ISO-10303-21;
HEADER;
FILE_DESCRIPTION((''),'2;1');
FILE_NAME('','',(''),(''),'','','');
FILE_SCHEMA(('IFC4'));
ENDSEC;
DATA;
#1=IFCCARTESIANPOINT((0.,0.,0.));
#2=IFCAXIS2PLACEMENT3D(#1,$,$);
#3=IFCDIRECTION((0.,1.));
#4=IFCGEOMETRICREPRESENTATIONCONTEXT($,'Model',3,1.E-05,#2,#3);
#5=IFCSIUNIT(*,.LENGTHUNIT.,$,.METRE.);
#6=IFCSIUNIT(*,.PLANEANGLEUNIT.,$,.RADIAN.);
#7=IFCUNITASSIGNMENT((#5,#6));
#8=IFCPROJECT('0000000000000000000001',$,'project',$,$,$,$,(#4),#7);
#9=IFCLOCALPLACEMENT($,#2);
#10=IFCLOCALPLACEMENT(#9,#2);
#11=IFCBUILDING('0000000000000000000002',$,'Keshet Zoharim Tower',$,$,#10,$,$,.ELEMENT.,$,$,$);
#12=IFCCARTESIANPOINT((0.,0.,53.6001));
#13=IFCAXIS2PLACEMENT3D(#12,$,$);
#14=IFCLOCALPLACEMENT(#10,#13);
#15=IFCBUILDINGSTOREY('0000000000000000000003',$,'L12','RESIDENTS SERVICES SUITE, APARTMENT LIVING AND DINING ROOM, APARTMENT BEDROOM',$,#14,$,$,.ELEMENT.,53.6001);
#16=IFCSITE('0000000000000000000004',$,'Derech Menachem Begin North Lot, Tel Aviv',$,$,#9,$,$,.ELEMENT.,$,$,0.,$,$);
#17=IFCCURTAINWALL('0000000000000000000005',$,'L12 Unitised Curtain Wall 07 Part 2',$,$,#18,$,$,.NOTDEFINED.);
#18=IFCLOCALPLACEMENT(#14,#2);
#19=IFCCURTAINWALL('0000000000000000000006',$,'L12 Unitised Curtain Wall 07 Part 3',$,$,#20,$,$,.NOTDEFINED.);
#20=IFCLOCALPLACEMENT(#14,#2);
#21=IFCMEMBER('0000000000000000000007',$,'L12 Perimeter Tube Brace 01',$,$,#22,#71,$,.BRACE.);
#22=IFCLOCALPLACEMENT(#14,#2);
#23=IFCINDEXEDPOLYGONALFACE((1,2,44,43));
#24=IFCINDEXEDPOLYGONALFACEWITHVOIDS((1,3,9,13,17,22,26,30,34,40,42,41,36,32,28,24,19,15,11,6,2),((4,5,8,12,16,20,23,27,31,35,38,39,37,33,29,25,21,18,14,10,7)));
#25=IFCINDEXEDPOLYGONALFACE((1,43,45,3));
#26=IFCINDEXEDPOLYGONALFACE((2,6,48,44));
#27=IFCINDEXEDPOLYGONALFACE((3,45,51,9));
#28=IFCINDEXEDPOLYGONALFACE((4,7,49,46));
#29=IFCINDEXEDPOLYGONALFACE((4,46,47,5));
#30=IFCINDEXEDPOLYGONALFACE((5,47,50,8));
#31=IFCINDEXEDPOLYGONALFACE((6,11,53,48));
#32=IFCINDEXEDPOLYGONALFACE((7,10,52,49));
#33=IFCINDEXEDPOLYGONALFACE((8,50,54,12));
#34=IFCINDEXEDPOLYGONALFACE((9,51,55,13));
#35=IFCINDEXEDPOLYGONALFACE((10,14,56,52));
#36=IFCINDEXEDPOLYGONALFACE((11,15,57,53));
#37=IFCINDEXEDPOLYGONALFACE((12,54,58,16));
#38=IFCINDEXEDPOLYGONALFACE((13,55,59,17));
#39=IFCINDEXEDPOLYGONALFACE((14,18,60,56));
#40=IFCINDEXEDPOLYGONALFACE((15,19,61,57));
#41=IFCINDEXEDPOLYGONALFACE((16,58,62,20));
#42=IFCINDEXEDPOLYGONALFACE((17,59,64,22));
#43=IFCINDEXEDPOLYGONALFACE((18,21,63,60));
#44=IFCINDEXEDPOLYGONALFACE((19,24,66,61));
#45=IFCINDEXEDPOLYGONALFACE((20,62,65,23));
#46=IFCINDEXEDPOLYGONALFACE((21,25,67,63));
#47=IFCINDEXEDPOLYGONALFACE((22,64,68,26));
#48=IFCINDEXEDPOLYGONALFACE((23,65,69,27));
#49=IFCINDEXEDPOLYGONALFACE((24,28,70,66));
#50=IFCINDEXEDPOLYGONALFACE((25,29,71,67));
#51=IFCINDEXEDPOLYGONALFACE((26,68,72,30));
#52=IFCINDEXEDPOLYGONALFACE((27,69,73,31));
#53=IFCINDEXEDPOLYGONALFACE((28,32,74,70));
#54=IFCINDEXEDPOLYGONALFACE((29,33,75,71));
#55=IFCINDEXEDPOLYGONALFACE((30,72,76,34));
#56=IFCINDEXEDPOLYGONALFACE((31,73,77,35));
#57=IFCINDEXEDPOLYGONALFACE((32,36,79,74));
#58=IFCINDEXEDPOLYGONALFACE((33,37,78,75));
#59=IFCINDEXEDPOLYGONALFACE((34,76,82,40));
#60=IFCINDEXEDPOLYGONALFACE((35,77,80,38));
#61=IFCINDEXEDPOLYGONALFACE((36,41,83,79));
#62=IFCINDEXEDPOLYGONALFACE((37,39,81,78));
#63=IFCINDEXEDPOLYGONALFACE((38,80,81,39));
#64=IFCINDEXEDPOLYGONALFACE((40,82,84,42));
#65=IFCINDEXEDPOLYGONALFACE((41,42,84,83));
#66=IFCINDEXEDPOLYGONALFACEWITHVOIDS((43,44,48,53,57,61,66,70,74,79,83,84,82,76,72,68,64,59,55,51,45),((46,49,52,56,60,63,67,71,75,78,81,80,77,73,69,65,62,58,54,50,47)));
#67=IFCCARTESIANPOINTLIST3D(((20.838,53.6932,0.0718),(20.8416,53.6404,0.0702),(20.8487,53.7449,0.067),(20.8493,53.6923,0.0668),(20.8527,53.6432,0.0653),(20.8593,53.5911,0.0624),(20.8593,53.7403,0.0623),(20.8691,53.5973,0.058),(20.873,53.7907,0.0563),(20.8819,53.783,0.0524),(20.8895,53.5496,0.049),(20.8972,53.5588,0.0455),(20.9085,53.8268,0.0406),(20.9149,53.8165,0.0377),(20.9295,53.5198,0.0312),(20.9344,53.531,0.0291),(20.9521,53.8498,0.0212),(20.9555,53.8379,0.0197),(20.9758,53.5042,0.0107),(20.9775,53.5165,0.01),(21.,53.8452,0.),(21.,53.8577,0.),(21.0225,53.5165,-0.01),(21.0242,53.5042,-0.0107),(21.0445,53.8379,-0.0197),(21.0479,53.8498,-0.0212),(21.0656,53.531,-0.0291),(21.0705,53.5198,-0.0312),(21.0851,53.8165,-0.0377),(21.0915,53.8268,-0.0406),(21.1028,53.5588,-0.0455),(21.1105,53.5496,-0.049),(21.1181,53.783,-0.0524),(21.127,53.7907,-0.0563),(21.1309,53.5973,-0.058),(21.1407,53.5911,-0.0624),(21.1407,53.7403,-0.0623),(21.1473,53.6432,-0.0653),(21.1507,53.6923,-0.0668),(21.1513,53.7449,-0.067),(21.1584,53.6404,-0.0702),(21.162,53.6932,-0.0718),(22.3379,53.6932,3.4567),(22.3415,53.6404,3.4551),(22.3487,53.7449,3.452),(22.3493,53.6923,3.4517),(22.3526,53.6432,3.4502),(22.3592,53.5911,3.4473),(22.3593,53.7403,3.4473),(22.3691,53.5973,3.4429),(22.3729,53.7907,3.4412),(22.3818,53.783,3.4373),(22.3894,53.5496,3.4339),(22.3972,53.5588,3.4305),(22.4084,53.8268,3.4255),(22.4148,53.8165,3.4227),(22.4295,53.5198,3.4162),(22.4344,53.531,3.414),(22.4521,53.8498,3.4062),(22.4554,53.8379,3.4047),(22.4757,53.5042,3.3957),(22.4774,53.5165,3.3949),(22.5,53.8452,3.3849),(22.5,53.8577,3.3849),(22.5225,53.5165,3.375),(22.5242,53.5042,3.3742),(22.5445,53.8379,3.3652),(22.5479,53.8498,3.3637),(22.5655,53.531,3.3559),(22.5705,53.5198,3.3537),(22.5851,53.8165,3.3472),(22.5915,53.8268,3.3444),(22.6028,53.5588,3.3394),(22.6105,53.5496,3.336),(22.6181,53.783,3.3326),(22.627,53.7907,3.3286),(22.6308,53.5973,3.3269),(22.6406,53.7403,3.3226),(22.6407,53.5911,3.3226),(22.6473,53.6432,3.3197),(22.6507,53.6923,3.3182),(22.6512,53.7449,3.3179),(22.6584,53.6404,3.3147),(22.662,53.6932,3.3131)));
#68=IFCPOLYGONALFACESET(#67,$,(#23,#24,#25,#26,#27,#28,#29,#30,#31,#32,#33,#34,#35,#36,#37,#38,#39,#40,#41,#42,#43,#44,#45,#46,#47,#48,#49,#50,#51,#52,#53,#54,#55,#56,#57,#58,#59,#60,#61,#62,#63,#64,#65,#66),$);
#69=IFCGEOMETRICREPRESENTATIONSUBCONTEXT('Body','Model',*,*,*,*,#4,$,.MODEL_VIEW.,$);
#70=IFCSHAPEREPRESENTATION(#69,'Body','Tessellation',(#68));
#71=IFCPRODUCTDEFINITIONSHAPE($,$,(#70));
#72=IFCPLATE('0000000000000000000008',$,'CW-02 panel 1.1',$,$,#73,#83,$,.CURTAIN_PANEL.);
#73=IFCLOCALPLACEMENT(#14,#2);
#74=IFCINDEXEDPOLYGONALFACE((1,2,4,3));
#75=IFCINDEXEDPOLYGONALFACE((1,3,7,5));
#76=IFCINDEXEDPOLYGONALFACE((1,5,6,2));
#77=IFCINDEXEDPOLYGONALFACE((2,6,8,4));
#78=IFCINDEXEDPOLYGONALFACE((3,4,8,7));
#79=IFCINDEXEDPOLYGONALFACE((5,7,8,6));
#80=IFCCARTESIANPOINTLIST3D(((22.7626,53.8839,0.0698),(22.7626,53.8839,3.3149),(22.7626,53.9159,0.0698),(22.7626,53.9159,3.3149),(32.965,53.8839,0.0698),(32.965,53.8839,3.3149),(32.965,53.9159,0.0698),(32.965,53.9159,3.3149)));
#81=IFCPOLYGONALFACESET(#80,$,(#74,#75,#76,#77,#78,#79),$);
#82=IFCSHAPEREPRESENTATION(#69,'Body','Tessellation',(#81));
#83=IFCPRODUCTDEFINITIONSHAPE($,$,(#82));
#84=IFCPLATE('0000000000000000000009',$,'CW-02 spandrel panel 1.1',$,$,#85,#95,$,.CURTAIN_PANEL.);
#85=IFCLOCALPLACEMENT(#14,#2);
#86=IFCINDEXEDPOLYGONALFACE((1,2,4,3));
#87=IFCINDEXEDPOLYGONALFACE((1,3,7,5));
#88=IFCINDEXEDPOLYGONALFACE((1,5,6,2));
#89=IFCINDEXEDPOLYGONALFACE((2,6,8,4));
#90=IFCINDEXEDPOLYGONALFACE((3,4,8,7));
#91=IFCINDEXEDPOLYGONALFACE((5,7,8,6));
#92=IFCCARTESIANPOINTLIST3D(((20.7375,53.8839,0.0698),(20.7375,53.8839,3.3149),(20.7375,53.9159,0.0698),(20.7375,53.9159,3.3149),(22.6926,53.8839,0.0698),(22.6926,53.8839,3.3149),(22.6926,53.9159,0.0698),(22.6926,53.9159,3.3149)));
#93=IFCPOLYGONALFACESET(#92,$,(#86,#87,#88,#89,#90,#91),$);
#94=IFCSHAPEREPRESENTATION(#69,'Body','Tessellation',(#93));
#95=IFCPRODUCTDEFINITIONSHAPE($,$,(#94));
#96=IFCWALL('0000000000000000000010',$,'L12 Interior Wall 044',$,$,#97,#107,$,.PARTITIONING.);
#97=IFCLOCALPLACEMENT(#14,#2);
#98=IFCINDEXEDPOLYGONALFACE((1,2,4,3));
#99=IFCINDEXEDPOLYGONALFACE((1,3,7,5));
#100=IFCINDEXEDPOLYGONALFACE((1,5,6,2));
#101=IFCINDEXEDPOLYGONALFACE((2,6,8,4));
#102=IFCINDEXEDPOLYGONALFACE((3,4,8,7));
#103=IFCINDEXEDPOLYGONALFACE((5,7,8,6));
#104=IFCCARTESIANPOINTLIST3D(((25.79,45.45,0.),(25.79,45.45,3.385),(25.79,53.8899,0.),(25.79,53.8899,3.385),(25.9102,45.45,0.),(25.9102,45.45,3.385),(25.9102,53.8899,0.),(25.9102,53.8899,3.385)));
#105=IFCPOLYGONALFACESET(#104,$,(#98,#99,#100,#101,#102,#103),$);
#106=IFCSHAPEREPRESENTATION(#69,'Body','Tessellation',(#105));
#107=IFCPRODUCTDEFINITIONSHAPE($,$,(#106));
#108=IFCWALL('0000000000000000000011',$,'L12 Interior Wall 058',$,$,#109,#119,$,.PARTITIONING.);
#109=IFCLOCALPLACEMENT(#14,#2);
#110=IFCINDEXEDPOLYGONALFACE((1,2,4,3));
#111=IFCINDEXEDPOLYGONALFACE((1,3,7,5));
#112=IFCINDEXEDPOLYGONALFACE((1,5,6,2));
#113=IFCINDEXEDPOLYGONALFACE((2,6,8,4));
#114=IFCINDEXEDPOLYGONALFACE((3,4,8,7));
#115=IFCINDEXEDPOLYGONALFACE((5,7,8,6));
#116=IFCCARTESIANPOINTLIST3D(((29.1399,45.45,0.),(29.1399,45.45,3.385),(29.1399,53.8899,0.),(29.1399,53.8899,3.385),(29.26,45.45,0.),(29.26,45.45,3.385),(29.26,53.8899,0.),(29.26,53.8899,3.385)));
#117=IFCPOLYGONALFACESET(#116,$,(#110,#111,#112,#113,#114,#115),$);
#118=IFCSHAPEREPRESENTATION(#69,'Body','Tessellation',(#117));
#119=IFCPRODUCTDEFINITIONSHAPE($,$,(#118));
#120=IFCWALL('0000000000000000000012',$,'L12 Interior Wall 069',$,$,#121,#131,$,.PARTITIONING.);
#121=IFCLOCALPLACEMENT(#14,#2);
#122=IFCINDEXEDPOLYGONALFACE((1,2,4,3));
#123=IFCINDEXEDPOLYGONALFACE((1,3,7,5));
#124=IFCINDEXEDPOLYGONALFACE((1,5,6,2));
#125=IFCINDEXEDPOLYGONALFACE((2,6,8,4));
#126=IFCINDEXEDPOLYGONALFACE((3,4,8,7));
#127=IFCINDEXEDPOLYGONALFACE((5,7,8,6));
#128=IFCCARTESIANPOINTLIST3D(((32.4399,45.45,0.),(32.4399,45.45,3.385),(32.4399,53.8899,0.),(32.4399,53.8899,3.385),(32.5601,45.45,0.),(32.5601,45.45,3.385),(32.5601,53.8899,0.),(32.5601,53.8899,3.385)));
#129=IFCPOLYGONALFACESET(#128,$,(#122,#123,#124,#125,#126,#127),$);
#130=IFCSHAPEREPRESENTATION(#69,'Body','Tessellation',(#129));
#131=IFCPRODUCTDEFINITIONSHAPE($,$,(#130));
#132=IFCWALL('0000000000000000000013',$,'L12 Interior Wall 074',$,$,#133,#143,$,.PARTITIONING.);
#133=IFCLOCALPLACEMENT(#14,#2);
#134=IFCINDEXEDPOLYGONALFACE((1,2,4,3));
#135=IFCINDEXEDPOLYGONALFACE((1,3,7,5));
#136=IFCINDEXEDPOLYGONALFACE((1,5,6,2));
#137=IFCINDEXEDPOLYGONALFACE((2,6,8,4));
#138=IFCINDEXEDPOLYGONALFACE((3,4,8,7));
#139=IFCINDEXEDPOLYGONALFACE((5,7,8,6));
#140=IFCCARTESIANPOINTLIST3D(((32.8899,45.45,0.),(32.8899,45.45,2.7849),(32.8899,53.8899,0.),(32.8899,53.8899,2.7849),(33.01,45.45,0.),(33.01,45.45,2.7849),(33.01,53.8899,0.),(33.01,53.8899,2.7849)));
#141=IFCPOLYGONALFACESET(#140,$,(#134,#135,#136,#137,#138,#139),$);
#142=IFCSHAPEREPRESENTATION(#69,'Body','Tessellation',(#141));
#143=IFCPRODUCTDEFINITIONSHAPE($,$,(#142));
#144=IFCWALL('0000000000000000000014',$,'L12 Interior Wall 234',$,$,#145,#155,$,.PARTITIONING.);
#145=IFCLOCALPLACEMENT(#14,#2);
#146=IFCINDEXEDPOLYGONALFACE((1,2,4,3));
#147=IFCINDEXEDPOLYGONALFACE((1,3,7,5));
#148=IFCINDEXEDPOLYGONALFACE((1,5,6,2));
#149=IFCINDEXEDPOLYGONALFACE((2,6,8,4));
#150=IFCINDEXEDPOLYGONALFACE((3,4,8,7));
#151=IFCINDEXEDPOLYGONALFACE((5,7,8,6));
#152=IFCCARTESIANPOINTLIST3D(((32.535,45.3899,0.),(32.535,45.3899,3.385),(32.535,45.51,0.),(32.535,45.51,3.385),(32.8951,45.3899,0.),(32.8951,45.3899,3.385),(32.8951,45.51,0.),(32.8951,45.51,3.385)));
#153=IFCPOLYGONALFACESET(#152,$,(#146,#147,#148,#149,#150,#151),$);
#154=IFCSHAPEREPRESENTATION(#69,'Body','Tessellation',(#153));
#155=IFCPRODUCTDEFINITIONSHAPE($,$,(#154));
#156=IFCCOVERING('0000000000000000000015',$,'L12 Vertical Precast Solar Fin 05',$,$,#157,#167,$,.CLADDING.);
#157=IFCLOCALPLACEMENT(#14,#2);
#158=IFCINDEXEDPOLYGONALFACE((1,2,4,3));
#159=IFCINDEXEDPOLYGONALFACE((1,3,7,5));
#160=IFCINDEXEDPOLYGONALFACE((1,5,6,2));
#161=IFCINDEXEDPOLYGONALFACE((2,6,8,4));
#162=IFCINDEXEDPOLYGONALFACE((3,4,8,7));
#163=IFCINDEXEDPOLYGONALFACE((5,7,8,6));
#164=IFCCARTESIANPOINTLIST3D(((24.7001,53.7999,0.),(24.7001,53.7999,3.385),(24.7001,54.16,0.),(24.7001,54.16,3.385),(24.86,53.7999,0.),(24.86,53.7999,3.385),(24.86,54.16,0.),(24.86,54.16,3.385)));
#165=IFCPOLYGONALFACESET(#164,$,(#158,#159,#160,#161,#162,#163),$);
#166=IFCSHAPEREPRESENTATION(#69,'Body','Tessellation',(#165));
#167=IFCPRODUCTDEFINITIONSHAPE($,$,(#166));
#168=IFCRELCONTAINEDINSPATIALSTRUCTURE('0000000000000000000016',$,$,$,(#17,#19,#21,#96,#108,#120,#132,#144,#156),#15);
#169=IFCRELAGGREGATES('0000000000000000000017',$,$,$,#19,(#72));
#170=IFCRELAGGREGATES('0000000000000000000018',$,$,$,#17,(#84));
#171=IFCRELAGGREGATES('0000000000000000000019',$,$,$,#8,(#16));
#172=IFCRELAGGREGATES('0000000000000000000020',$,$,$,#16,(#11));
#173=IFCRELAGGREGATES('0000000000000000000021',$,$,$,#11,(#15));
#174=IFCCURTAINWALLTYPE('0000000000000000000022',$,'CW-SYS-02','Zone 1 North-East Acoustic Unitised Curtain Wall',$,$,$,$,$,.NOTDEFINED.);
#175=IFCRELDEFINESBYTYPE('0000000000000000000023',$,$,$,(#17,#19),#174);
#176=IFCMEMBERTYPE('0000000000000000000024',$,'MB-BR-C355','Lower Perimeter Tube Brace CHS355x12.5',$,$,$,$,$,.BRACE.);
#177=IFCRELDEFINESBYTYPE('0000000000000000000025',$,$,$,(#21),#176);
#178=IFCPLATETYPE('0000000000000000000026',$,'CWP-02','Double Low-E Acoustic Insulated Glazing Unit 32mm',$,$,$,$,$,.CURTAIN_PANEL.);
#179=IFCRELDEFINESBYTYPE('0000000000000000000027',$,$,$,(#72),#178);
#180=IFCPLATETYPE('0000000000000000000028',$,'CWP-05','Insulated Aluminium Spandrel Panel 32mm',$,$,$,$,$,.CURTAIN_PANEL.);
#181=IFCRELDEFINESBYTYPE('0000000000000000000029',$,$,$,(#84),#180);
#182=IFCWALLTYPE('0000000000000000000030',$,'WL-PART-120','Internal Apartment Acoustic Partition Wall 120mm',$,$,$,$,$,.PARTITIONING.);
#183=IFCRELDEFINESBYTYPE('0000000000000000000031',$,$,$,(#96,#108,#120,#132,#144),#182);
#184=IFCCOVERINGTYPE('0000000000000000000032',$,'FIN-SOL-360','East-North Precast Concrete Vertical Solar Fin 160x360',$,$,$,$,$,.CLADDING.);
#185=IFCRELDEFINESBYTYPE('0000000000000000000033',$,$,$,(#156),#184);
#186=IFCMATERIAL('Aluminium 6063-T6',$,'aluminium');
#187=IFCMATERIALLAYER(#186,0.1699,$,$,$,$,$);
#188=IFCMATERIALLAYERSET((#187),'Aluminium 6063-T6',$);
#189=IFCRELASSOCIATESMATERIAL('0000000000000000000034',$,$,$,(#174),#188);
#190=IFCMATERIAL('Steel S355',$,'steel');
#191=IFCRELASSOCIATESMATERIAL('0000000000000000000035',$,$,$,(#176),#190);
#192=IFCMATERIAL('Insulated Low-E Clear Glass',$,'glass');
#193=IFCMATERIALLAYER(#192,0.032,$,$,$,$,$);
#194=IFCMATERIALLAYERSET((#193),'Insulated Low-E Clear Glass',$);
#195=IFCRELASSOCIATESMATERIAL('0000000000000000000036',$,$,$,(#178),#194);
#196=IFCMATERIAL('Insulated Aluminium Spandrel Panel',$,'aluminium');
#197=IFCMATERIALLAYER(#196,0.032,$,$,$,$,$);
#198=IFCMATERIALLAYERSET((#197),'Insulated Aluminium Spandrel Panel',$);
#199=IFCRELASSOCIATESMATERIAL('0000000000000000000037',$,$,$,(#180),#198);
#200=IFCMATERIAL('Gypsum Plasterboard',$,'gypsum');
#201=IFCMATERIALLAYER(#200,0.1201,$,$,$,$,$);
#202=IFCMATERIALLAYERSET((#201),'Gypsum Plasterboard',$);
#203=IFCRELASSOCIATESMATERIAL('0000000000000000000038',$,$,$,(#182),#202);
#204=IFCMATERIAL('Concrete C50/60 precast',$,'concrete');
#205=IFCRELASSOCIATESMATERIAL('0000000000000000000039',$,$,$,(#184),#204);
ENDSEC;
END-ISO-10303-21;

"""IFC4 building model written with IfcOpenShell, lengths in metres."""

from ifc_helpers import new_model, si_unit, direction, frame, frame_2d, origin, origin_2d, place, context, subcontext, project, spatial, rectangle, hollow_circle, extrude, material, layer, layer_set, material_profile, profile_set, type_object, element, aggregate, save


model = new_model("IFC4")

# Units and contexts
model_context = context("Model", 3, precision=1e-05, world=origin(), true_north=direction((0.0, 1.0)))
body_context = subcontext(model_context, "Body", "Model", "MODEL_VIEW")
ifc_project = project(units=[si_unit("LENGTHUNIT", "METRE"), si_unit("PLANEANGLEUNIT", "RADIAN")], contexts=[model_context])

# Site, building, storey
site_placement = place(None, origin())
site = spatial("IfcSite", under=ifc_project, at=site_placement, Name="Derech Menachem Begin North Lot, Tel Aviv", CompositionType="ELEMENT", RefElevation=0.0)
building_placement = place(site_placement, origin())
building = spatial("IfcBuilding", under=site, at=building_placement, Name="Keshet Zoharim Tower", CompositionType="ELEMENT")
storey_placement = place(building_placement, frame((0.0, 0.0, 53.6001)))
storey = spatial("IfcBuildingStorey", under=building, at=storey_placement, Name="L12", Description="RESIDENTS SERVICES SUITE, APARTMENT LIVING AND DINING ROOM, APARTMENT BEDROOM", CompositionType="ELEMENT", Elevation=53.6001)

# Shared definitions
ifc_material_1 = material(Name="Steel S355", Category="steel")

# Curtain wall
ifc_material_2 = material(Name="Aluminium 6063-T6", Category="aluminium")
ifc_layer_1 = layer(ifc_material_2, 0.1699)
ifc_layer_set_1 = layer_set([ifc_layer_1], Name="Aluminium 6063-T6")
curtain_wall_type = type_object("IfcCurtainWallType", Name="CW-SYS-02", Description="Zone 1 North-East Acoustic Unitised Curtain Wall", PredefinedType="NOTDEFINED", material=ifc_layer_set_1)
curtain_wall_1_placement = place(storey_placement, origin())
curtain_wall_1 = element("IfcCurtainWall", 1, at=curtain_wall_1_placement, inside=storey, type_object=curtain_wall_type, Name="L12 Unitised Curtain Wall 07 Part 2", PredefinedType="NOTDEFINED")

# Curtain wall
curtain_wall_2_placement = place(storey_placement, origin())
curtain_wall_2 = element("IfcCurtainWall", 2, at=curtain_wall_2_placement, inside=storey, type_object=curtain_wall_type, Name="L12 Unitised Curtain Wall 07 Part 3", PredefinedType="NOTDEFINED")

# Member
ifc_material_profile_1 = material_profile(ifc_material_1, hollow_circle(Radius=0.1777, WallThickness=0.0125, at=origin_2d()), Name="CHS355x12.5")
ifc_profile_set_1 = profile_set([ifc_material_profile_1], Name="Steel S355")
member_type_1 = type_object("IfcMemberType", Name="MB-BR-C355", Description="Lower Perimeter Tube Brace CHS355x12.5", PredefinedType="BRACE", material=ifc_profile_set_1)
member_1_placement = place(storey_placement, frame((21.0, 53.6799, 0.0), z_axis=(0.405135, 0.0, 0.914257), x_axis=(0.0, 1.0, 0.0)))
element("IfcMember", 3, at=member_1_placement, inside=storey, type_object=member_type_1, Name="L12 Perimeter Tube Brace 01", PredefinedType="BRACE", context=body_context, shape_type="SweptSolid", body=[
    extrude(hollow_circle(Radius=0.1777, WallThickness=0.0125, at=origin_2d()), origin(), (0.0, 0.0, 1.0), 3.7024),
])

# Plates
ifc_material_3 = material(Name="Insulated Low-E Clear Glass", Category="glass")
ifc_layer_2 = layer(ifc_material_3, 0.032)
ifc_layer_set_2 = layer_set([ifc_layer_2], Name="Insulated Low-E Clear Glass")
plate_type_1 = type_object("IfcPlateType", Name="CWP-02", Description="Double Low-E Acoustic Insulated Glazing Unit 32mm", PredefinedType="CURTAIN_PANEL", material=ifc_layer_set_2)
plate_1_placement = place(storey_placement, frame((27.8638, 53.8999, 0.0698), z_axis=(0.0, 0.0, 1.0), x_axis=(1.0, 0.0, 0.0)))
plate_1 = element("IfcPlate", 4, at=plate_1_placement, type_object=plate_type_1, Name="CW-02 panel 1.1", PredefinedType="CURTAIN_PANEL", context=body_context, shape_type="SweptSolid", body=[
    extrude(rectangle(XDim=10.2024, YDim=0.032, at=origin_2d()), origin(), (0.0, 0.0, 1.0), 3.2451),
])
aggregate(curtain_wall_2, [plate_1])
ifc_material_4 = material(Name="Insulated Aluminium Spandrel Panel", Category="aluminium")
ifc_layer_3 = layer(ifc_material_4, 0.032)
ifc_layer_set_3 = layer_set([ifc_layer_3], Name="Insulated Aluminium Spandrel Panel")
plate_type_2 = type_object("IfcPlateType", Name="CWP-05", Description="Insulated Aluminium Spandrel Panel 32mm", PredefinedType="CURTAIN_PANEL", material=ifc_layer_set_3)
plate_2_placement = place(storey_placement, frame((21.7151, 53.8999, 0.0698), z_axis=(0.0, 0.0, 1.0), x_axis=(1.0, 0.0, 0.0)))
plate_2 = element("IfcPlate", 5, at=plate_2_placement, type_object=plate_type_2, Name="CW-02 spandrel panel 1.1", PredefinedType="CURTAIN_PANEL", context=body_context, shape_type="SweptSolid", body=[
    extrude(rectangle(XDim=1.9551, YDim=0.032, at=origin_2d()), origin(), (0.0, 0.0, 1.0), 3.2451),
])
aggregate(curtain_wall_1, [plate_2])

# Walls
ifc_material_5 = material(Name="Gypsum Plasterboard", Category="gypsum")
ifc_layer_4 = layer(ifc_material_5, 0.1201)
ifc_layer_set_4 = layer_set([ifc_layer_4], Name="Gypsum Plasterboard")
wall_type = type_object("IfcWallType", Name="WL-PART-120", Description="Internal Apartment Acoustic Partition Wall 120mm", PredefinedType="PARTITIONING", material=ifc_layer_set_4)
for number, where, z_axis, x_axis, name in (
    (6, (25.8501, 45.45, 0.0), (0.0, 0.0, 1.0), (0.0, 1.0, 0.0), "L12 Interior Wall 044"),
    (7, (29.2, 45.45, 0.0), (0.0, 0.0, 1.0), (0.0, 1.0, 0.0), "L12 Interior Wall 058"),
    (8, (32.5, 45.45, 0.0), (0.0, 0.0, 1.0), (0.0, 1.0, 0.0), "L12 Interior Wall 069"),
):
    element("IfcWall", number, at=place(storey_placement, frame(where, z_axis=z_axis, x_axis=x_axis)), inside=storey, type_object=wall_type, Name=name, PredefinedType="PARTITIONING", context=body_context, shape_type="SweptSolid", body=[
        extrude(rectangle(XDim=8.4399, YDim=0.1201, at=frame_2d((4.22, 0.0))), origin(), (0.0, 0.0, 1.0), 3.385),
    ])
wall_1_placement = place(storey_placement, frame((32.95, 45.45, 0.0), z_axis=(0.0, 0.0, 1.0), x_axis=(0.0, 1.0, 0.0)))
element("IfcWall", 9, at=wall_1_placement, inside=storey, type_object=wall_type, Name="L12 Interior Wall 074", PredefinedType="PARTITIONING", context=body_context, shape_type="SweptSolid", body=[
    extrude(rectangle(XDim=8.4399, YDim=0.1201, at=frame_2d((4.22, 0.0))), origin(), (0.0, 0.0, 1.0), 2.7849),
])

# Wall
wall_2_placement = place(storey_placement, frame((32.5349, 45.45, 0.0), z_axis=(0.0, 0.0, 1.0), x_axis=(1.0, 0.0, 0.0)))
element("IfcWall", 10, at=wall_2_placement, inside=storey, type_object=wall_type, Name="L12 Interior Wall 234", PredefinedType="PARTITIONING", context=body_context, shape_type="SweptSolid", body=[
    extrude(rectangle(XDim=0.3601, YDim=0.1201, at=frame_2d((0.1802, 0.0))), origin(), (0.0, 0.0, 1.0), 3.385),
])

# Covering
ifc_material_6 = material(Name="Concrete C50/60 precast", Category="concrete")
covering_type = type_object("IfcCoveringType", Name="FIN-SOL-360", Description="East-North Precast Concrete Vertical Solar Fin 160x360", PredefinedType="CLADDING", material=ifc_material_6)
covering_placement = place(storey_placement, frame((24.78, 53.98, 0.0), z_axis=(0.0, 0.0, 1.0), x_axis=(1.0, 0.0, 0.0)))
element("IfcCovering", 11, at=covering_placement, inside=storey, type_object=covering_type, Name="L12 Vertical Precast Solar Fin 05", PredefinedType="CLADDING", context=body_context, shape_type="SweptSolid", body=[
    extrude(rectangle(XDim=0.1599, YDim=0.3601, at=origin_2d()), origin(), (0.0, 0.0, 1.0), 3.385),
])

save(model, "model.ifc")
